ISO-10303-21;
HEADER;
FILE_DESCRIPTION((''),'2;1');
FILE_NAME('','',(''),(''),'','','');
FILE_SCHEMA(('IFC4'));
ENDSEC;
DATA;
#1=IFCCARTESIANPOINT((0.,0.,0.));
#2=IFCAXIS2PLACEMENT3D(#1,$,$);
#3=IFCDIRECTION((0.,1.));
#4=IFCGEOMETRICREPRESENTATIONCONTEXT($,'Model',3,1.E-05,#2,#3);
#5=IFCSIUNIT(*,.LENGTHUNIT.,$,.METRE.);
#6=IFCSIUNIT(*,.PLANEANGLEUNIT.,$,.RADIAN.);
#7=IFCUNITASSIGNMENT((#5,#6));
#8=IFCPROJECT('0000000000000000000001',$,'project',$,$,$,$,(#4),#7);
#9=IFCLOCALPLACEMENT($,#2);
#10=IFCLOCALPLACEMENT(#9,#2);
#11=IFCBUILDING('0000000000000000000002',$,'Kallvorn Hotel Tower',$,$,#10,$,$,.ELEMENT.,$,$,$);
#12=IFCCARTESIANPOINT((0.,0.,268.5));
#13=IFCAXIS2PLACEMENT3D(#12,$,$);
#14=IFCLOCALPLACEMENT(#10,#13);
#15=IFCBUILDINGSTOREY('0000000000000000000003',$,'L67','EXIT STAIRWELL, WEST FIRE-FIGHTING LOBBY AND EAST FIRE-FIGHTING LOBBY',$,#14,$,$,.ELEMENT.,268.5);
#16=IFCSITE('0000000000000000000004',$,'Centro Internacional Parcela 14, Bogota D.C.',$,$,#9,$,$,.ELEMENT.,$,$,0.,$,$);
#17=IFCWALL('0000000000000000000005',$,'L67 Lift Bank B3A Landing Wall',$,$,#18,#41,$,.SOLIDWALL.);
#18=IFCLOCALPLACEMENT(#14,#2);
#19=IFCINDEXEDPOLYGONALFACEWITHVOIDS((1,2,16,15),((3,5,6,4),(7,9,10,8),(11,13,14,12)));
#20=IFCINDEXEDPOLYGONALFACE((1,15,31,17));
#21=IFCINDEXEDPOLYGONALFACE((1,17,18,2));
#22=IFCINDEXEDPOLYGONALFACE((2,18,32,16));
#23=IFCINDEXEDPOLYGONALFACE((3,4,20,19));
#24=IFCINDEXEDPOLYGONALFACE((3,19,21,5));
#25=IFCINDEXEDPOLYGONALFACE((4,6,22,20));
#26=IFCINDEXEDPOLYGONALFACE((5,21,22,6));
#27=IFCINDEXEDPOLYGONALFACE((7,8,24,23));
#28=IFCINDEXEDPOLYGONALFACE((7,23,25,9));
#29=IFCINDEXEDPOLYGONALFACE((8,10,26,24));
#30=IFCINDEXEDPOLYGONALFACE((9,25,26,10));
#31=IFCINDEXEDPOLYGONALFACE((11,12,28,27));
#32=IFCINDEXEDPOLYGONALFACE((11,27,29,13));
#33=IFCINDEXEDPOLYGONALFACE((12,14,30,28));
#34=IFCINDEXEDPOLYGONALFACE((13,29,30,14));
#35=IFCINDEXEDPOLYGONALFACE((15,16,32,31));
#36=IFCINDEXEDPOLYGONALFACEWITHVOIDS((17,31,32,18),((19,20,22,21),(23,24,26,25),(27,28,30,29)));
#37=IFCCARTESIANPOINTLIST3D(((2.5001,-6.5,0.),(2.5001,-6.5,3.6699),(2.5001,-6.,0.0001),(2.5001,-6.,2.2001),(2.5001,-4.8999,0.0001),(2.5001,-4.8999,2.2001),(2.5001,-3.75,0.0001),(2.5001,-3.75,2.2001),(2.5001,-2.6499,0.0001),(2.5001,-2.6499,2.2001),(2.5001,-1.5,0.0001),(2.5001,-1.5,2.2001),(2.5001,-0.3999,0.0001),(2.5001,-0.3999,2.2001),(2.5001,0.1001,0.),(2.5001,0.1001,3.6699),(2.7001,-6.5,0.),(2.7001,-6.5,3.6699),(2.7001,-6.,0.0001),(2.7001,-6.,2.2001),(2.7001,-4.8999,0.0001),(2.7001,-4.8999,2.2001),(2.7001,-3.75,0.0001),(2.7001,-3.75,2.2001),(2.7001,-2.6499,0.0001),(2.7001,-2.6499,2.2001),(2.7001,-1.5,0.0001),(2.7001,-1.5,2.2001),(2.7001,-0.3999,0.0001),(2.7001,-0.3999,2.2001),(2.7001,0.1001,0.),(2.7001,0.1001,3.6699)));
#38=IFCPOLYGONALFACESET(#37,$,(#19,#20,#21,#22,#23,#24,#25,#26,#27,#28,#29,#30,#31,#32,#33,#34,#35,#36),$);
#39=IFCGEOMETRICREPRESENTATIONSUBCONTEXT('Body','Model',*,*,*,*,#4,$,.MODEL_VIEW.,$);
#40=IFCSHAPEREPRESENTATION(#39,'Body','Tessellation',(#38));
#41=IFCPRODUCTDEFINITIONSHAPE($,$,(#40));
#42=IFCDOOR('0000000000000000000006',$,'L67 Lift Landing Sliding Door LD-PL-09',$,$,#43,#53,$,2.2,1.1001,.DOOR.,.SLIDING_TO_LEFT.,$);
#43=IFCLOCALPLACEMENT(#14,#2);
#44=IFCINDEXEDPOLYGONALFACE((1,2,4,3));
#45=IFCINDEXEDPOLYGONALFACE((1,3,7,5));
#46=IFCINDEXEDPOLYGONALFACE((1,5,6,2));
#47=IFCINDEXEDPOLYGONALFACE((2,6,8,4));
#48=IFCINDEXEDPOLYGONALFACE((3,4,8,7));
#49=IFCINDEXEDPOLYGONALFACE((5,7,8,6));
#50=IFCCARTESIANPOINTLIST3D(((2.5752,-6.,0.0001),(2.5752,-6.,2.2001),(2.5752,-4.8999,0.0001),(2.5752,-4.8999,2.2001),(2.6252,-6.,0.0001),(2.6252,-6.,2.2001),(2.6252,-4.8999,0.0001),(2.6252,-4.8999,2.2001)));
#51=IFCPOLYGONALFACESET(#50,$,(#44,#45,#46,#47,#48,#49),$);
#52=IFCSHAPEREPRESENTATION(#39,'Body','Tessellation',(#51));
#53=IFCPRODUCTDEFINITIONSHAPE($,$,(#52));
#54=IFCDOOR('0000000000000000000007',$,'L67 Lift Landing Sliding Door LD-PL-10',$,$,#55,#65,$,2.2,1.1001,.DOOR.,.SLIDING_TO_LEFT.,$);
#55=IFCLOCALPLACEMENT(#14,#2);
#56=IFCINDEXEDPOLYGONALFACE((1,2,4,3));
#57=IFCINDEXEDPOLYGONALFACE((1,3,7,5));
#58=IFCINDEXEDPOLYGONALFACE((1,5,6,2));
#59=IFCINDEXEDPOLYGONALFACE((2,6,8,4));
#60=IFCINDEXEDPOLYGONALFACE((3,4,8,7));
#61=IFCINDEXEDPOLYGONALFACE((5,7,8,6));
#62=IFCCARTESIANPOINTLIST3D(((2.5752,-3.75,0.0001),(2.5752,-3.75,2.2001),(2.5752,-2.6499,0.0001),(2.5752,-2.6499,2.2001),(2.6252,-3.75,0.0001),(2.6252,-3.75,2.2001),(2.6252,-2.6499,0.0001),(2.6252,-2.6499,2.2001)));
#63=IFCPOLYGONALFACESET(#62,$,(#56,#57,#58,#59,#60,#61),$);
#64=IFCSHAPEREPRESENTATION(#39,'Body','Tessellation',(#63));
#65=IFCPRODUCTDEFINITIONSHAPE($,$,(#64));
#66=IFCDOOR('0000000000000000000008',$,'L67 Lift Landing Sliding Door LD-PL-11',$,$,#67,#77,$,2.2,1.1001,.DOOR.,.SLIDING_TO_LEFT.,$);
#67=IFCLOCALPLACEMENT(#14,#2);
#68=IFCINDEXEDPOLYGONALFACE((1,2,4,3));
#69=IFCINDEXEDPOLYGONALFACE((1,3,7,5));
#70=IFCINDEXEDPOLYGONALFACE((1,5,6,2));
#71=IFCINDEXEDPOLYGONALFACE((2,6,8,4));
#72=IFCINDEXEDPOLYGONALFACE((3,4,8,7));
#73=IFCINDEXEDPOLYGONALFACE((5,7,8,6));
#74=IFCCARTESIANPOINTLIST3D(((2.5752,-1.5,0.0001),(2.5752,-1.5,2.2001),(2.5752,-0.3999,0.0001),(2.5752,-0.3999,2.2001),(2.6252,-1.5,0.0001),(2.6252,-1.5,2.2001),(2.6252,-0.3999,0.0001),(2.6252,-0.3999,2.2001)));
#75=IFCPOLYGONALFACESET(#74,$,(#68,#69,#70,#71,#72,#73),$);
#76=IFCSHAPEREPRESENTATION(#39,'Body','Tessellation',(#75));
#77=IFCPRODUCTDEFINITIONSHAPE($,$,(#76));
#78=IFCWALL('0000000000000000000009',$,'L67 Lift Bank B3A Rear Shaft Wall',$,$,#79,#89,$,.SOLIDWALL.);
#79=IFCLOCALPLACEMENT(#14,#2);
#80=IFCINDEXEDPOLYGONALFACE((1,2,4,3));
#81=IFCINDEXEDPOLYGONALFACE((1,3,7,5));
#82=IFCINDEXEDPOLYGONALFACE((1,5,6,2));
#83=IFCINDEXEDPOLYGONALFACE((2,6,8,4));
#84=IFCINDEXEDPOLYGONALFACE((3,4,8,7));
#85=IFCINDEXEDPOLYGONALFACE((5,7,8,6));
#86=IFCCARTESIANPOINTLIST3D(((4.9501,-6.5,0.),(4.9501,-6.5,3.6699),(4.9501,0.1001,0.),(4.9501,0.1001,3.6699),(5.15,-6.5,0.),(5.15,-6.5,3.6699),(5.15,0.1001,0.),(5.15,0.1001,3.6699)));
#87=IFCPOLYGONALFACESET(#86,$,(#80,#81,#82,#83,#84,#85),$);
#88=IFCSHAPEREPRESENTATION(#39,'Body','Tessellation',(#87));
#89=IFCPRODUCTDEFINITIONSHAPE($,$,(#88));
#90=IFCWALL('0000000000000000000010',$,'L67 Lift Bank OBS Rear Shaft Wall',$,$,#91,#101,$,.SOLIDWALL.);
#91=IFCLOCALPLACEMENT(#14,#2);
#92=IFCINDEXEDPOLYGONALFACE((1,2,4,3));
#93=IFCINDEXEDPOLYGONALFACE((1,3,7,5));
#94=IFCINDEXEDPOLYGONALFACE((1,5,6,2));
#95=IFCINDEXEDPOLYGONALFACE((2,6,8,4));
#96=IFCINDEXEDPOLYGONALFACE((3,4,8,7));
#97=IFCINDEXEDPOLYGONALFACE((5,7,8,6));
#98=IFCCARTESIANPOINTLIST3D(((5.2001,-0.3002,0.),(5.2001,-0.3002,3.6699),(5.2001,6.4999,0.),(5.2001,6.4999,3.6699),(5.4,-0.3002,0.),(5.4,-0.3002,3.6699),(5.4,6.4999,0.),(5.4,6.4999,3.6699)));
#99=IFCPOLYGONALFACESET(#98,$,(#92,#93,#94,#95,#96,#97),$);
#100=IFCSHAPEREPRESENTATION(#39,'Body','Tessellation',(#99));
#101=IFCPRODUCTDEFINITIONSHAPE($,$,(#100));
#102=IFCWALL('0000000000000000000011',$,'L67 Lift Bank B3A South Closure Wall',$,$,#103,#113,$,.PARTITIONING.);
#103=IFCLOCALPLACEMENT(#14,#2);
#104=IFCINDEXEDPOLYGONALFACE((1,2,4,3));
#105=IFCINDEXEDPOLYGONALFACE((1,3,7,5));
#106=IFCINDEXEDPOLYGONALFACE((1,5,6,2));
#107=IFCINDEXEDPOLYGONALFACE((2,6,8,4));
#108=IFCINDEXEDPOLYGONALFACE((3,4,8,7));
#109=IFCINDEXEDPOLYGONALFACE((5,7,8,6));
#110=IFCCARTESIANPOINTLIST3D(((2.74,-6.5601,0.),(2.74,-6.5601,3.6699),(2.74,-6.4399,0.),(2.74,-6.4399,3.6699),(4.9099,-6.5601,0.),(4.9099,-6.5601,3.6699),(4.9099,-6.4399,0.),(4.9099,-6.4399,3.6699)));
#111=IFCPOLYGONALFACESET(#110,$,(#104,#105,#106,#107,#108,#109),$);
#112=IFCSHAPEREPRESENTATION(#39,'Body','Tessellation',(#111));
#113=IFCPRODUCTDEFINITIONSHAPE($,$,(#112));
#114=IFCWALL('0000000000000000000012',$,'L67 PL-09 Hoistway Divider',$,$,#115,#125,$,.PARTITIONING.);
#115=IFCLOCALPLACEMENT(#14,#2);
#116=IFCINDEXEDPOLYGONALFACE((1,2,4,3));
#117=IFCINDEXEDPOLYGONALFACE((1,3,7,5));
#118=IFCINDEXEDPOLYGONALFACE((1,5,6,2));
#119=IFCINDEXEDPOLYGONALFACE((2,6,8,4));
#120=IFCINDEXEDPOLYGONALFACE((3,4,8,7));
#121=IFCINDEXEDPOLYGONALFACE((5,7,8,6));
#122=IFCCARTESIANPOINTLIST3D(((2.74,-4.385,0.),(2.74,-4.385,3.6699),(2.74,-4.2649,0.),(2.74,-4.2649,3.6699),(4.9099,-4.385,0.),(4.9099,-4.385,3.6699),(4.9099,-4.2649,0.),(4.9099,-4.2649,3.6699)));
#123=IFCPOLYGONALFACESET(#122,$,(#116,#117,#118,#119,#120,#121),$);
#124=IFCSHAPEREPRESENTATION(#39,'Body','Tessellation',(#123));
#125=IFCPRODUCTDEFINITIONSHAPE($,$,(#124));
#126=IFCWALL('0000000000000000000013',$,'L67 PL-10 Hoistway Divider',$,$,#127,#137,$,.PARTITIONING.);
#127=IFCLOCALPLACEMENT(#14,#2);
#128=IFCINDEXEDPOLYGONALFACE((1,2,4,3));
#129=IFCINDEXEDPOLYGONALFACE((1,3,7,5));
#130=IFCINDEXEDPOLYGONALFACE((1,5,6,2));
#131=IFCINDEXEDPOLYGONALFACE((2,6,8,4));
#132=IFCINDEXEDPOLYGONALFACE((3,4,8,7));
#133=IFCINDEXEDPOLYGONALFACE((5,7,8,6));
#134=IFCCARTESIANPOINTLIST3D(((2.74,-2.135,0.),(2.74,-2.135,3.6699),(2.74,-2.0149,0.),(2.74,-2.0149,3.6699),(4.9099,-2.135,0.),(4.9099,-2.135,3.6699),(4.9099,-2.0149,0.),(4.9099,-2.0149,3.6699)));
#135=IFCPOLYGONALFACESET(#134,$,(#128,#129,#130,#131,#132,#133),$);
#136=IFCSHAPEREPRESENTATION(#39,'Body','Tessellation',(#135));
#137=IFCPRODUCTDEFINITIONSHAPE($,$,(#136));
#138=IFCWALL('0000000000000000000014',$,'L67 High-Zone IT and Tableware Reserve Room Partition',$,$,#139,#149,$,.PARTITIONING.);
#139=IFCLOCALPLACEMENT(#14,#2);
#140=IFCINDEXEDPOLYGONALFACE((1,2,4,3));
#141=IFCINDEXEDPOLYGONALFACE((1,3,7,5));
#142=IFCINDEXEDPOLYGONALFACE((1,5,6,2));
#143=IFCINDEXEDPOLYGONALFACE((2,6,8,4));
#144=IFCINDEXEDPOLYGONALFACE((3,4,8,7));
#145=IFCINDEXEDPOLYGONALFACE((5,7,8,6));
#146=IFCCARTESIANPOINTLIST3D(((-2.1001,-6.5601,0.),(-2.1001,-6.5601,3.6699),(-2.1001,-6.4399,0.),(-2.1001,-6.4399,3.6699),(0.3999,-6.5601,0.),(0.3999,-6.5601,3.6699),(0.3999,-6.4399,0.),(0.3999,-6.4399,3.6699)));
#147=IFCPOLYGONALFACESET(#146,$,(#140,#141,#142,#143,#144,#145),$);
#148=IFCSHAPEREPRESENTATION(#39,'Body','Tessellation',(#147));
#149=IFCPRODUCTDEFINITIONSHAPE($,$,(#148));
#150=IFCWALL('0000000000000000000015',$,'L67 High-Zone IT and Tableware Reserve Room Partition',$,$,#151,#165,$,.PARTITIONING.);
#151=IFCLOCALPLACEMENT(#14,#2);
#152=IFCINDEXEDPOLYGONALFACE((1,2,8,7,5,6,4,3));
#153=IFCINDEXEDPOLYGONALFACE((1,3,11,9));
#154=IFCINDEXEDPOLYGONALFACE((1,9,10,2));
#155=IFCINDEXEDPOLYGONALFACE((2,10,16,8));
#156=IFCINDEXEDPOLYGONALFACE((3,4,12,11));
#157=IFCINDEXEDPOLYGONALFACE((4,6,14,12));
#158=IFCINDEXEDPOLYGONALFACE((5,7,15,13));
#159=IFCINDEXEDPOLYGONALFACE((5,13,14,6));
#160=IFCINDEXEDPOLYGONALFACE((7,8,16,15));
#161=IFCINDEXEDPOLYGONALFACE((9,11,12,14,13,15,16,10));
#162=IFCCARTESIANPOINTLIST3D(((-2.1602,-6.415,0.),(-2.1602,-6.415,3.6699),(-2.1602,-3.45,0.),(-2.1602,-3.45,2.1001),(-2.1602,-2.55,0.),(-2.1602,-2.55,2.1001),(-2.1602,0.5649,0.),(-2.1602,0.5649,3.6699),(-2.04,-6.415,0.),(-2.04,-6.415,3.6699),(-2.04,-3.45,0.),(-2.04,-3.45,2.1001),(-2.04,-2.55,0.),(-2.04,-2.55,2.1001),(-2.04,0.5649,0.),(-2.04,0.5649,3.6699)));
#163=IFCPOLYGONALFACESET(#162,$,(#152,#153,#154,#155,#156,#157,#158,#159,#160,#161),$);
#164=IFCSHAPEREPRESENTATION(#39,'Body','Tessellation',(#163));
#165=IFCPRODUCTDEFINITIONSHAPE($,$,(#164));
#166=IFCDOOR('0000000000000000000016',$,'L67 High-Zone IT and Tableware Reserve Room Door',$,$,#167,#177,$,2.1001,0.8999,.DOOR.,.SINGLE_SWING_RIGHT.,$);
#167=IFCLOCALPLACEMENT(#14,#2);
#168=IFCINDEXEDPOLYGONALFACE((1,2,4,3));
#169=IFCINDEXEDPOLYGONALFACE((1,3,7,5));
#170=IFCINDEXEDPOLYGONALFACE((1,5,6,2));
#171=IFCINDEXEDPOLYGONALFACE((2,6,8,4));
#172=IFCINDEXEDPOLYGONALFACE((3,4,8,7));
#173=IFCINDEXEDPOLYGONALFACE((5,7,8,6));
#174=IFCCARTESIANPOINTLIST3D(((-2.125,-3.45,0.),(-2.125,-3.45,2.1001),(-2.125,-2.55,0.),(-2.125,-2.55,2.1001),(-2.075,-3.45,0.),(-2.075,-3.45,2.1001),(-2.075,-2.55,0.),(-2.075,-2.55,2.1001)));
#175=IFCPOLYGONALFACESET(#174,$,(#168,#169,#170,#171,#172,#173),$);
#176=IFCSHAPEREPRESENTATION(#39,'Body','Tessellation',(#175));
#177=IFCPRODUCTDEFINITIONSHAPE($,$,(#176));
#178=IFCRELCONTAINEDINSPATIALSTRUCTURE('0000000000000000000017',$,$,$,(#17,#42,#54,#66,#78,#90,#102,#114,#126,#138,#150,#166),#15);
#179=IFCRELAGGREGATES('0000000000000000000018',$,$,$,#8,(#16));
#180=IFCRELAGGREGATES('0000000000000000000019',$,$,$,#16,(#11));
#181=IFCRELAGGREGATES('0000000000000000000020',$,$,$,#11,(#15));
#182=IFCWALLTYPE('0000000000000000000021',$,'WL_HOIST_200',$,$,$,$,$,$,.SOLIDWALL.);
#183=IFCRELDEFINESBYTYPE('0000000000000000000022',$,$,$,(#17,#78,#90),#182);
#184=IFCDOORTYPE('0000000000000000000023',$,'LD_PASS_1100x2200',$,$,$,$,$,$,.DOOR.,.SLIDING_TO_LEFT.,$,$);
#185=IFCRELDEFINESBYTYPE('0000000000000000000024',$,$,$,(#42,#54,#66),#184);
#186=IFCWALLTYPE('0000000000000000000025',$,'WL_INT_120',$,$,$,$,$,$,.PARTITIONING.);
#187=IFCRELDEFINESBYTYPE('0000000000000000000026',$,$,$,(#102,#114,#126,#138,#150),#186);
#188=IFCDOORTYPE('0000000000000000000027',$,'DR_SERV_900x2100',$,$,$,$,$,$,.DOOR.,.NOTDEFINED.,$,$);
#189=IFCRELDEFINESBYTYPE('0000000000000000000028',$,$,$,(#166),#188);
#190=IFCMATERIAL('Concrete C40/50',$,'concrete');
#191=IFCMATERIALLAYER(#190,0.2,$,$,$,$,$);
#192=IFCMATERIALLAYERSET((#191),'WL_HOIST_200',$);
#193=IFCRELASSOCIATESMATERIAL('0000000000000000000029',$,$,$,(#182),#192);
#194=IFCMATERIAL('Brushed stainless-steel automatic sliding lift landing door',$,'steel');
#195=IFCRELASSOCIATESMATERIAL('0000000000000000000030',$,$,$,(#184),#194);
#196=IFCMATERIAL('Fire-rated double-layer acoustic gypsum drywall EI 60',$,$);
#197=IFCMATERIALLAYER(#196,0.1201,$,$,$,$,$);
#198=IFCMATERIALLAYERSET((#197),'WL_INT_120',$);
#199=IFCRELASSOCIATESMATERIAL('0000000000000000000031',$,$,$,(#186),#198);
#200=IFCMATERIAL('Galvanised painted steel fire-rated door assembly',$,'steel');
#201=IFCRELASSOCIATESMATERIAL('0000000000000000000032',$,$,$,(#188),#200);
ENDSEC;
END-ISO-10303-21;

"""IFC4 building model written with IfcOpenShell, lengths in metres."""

from ifc_helpers import new_model, si_unit, direction, frame, frame_2d, origin, place, context, subcontext, project, spatial, rectangle, extrude, material, layer, layer_set, type_object, element, fill, save


model = new_model("IFC4")

# Units and contexts
model_context = context("Model", 3, precision=1e-05, world=origin(), true_north=direction((0.0, 1.0)))
body_context = subcontext(model_context, "Body", "Model", "MODEL_VIEW")
ifc_project = project(units=[si_unit("LENGTHUNIT", "METRE"), si_unit("PLANEANGLEUNIT", "RADIAN")], contexts=[model_context])

# Site, building, storey
site_placement = place(None, origin())
site = spatial("IfcSite", under=ifc_project, at=site_placement, Name="Centro Internacional Parcela 14, Bogota D.C.", CompositionType="ELEMENT", RefElevation=0.0)
building_placement = place(site_placement, origin())
building = spatial("IfcBuilding", under=site, at=building_placement, Name="Kallvorn Hotel Tower", CompositionType="ELEMENT")
storey_placement = place(building_placement, frame((0.0, 0.0, 268.5)))
storey = spatial("IfcBuildingStorey", under=building, at=storey_placement, Name="L67", Description="EXIT STAIRWELL, WEST FIRE-FIGHTING LOBBY AND EAST FIRE-FIGHTING LOBBY", CompositionType="ELEMENT", Elevation=268.5)

# Wall, openings, doors
ifc_material_1 = material(Name="Concrete C40/50", Category="concrete")
ifc_layer_1 = layer(ifc_material_1, 0.2)
ifc_layer_set_1 = layer_set([ifc_layer_1], Name="WL_HOIST_200")
wall_type_1 = type_object("IfcWallType", Name="WL_HOIST_200", PredefinedType="SOLIDWALL", material=ifc_layer_set_1)
wall_1_placement = place(storey_placement, frame((2.6001, -6.5, 0.0), z_axis=(0.0, 0.0, 1.0), x_axis=(0.0, 1.0, 0.0)))
wall_1 = element("IfcWall", 1, at=wall_1_placement, inside=storey, type_object=wall_type_1, Name="L67 Lift Bank B3A Landing Wall", PredefinedType="SOLIDWALL", context=body_context, shape_type="SweptSolid", body=[
    extrude(rectangle(XDim=6.6001, YDim=0.2, at=frame_2d((3.3, 0.0))), origin(), (0.0, 0.0, 1.0), 3.6699),
])
opening_1_placement = place(wall_1_placement, frame((0.5, 0.0, 0.0)))
opening_1 = element("IfcOpeningElement", 2, at=opening_1_placement, cuts=wall_1, PredefinedType="OPENING", context=body_context, shape_type="SweptSolid", body=[
    extrude(rectangle(XDim=1.1001, YDim=2.2, at=frame_2d((0.55, 1.1001))), frame((0.0, 0.115, 0.0), z_axis=(0.0, -1.0, 0.0), x_axis=(1.0, 0.0, 0.0)), (0.0, 0.0, 1.0), 0.23),
])
opening_2_placement = place(wall_1_placement, frame((2.75, 0.0, 0.0)))
opening_2 = element("IfcOpeningElement", 3, at=opening_2_placement, cuts=wall_1, PredefinedType="OPENING", context=body_context, shape_type="SweptSolid", body=[
    extrude(rectangle(XDim=1.1001, YDim=2.2, at=frame_2d((0.55, 1.1001))), frame((0.0, 0.115, 0.0), z_axis=(0.0, -1.0, 0.0), x_axis=(1.0, 0.0, 0.0)), (0.0, 0.0, 1.0), 0.23),
])
opening_3_placement = place(wall_1_placement, frame((5.0, 0.0, 0.0)))
opening_3 = element("IfcOpeningElement", 4, at=opening_3_placement, cuts=wall_1, PredefinedType="OPENING", context=body_context, shape_type="SweptSolid", body=[
    extrude(rectangle(XDim=1.1001, YDim=2.2, at=frame_2d((0.55, 1.1001))), frame((0.0, 0.115, 0.0), z_axis=(0.0, -1.0, 0.0), x_axis=(1.0, 0.0, 0.0)), (0.0, 0.0, 1.0), 0.23),
])
ifc_material_2 = material(Name="Brushed stainless-steel automatic sliding lift landing door", Category="steel")
door_type_1 = type_object("IfcDoorType", Name="LD_PASS_1100x2200", OperationType="SLIDING_TO_LEFT", PredefinedType="DOOR", material=ifc_material_2)
door_1_placement = place(opening_1_placement, origin())
door_1 = element("IfcDoor", 5, at=door_1_placement, inside=storey, type_object=door_type_1, Name="L67 Lift Landing Sliding Door LD-PL-09", OperationType="SLIDING_TO_LEFT", OverallHeight=2.2, OverallWidth=1.1001, PredefinedType="DOOR", context=body_context, shape_type="SweptSolid", body=[
    extrude(rectangle(XDim=1.1001, YDim=2.2, at=frame_2d((0.55, 1.1001))), frame((0.0, 0.0249, 0.0), z_axis=(0.0, -1.0, 0.0), x_axis=(1.0, 0.0, 0.0)), (0.0, 0.0, 1.0), 0.05),
])
fill(opening_1, door_1)
door_2_placement = place(opening_2_placement, origin())
door_2 = element("IfcDoor", 6, at=door_2_placement, inside=storey, type_object=door_type_1, Name="L67 Lift Landing Sliding Door LD-PL-10", OperationType="SLIDING_TO_LEFT", OverallHeight=2.2, OverallWidth=1.1001, PredefinedType="DOOR", context=body_context, shape_type="SweptSolid", body=[
    extrude(rectangle(XDim=1.1001, YDim=2.2, at=frame_2d((0.55, 1.1001))), frame((0.0, 0.0249, 0.0), z_axis=(0.0, -1.0, 0.0), x_axis=(1.0, 0.0, 0.0)), (0.0, 0.0, 1.0), 0.05),
])
fill(opening_2, door_2)
door_3_placement = place(opening_3_placement, origin())
door_3 = element("IfcDoor", 7, at=door_3_placement, inside=storey, type_object=door_type_1, Name="L67 Lift Landing Sliding Door LD-PL-11", OperationType="SLIDING_TO_LEFT", OverallHeight=2.2, OverallWidth=1.1001, PredefinedType="DOOR", context=body_context, shape_type="SweptSolid", body=[
    extrude(rectangle(XDim=1.1001, YDim=2.2, at=frame_2d((0.55, 1.1001))), frame((0.0, 0.0249, 0.0), z_axis=(0.0, -1.0, 0.0), x_axis=(1.0, 0.0, 0.0)), (0.0, 0.0, 1.0), 0.05),
])
fill(opening_3, door_3)

# Walls
wall_2_placement = place(storey_placement, frame((5.05, -6.5, 0.0), z_axis=(0.0, 0.0, 1.0), x_axis=(0.0, 1.0, 0.0)))
element("IfcWall", 8, at=wall_2_placement, inside=storey, type_object=wall_type_1, Name="L67 Lift Bank B3A Rear Shaft Wall", PredefinedType="SOLIDWALL", context=body_context, shape_type="SweptSolid", body=[
    extrude(rectangle(XDim=6.6001, YDim=0.2, at=frame_2d((3.3, 0.0))), origin(), (0.0, 0.0, 1.0), 3.6699),
])
wall_3_placement = place(storey_placement, frame((5.3, -0.3, 0.0), z_axis=(0.0, 0.0, 1.0), x_axis=(0.0, 1.0, 0.0)))
element("IfcWall", 9, at=wall_3_placement, inside=storey, type_object=wall_type_1, Name="L67 Lift Bank OBS Rear Shaft Wall", PredefinedType="SOLIDWALL", context=body_context, shape_type="SweptSolid", body=[
    extrude(rectangle(XDim=6.8, YDim=0.2, at=frame_2d((3.3999, 0.0))), origin(), (0.0, 0.0, 1.0), 3.6699),
])
ifc_material_3 = material(Name="Fire-rated double-layer acoustic gypsum drywall EI 60")
ifc_layer_2 = layer(ifc_material_3, 0.1201)
ifc_layer_set_2 = layer_set([ifc_layer_2], Name="WL_INT_120")
wall_type_2 = type_object("IfcWallType", Name="WL_INT_120", PredefinedType="PARTITIONING", material=ifc_layer_set_2)
for number, where, z_axis, x_axis, name in (
    (10, (2.74, -6.5, 0.0), (0.0, 0.0, 1.0), (1.0, 0.0, 0.0), "L67 Lift Bank B3A South Closure Wall"),
    (11, (2.74, -4.325, 0.0), (0.0, 0.0, 1.0), (1.0, 0.0, 0.0), "L67 PL-09 Hoistway Divider"),
    (12, (2.74, -2.075, 0.0), (0.0, 0.0, 1.0), (1.0, 0.0, 0.0), "L67 PL-10 Hoistway Divider"),
):
    element("IfcWall", number, at=place(storey_placement, frame(where, z_axis=z_axis, x_axis=x_axis)), inside=storey, type_object=wall_type_2, Name=name, PredefinedType="PARTITIONING", context=body_context, shape_type="SweptSolid", body=[
        extrude(rectangle(XDim=2.1699, YDim=0.1201, at=frame_2d((1.085, 0.0))), origin(), (0.0, 0.0, 1.0), 3.6699),
    ])
wall_4_placement = place(storey_placement, frame((-2.1001, -6.5, 0.0), z_axis=(0.0, 0.0, 1.0), x_axis=(1.0, 0.0, 0.0)))
element("IfcWall", 13, at=wall_4_placement, inside=storey, type_object=wall_type_2, Name="L67 High-Zone IT and Tableware Reserve Room Partition", PredefinedType="PARTITIONING", context=body_context, shape_type="SweptSolid", body=[
    extrude(rectangle(XDim=2.5, YDim=0.1201, at=frame_2d((1.25, 0.0))), origin(), (0.0, 0.0, 1.0), 3.6699),
])

# Wall, opening, door
wall_5_placement = place(storey_placement, frame((-2.1001, -6.415, 0.0), z_axis=(0.0, 0.0, 1.0), x_axis=(0.0, 1.0, 0.0)))
wall_5 = element("IfcWall", 14, at=wall_5_placement, inside=storey, type_object=wall_type_2, Name="L67 High-Zone IT and Tableware Reserve Room Partition", PredefinedType="PARTITIONING", context=body_context, shape_type="SweptSolid", body=[
    extrude(rectangle(XDim=6.98, YDim=0.1201, at=frame_2d((3.49, 0.0))), origin(), (0.0, 0.0, 1.0), 3.6699),
])
opening_4_placement = place(wall_5_placement, frame((2.9651, 0.0, 0.0)))
opening_4 = element("IfcOpeningElement", 15, at=opening_4_placement, cuts=wall_5, PredefinedType="OPENING", context=body_context, shape_type="SweptSolid", body=[
    extrude(rectangle(XDim=0.8999, YDim=2.1001, at=frame_2d((0.45, 1.05))), frame((0.0, 0.075, 0.0), z_axis=(0.0, -1.0, 0.0), x_axis=(1.0, 0.0, 0.0)), (0.0, 0.0, 1.0), 0.1501),
])
ifc_material_4 = material(Name="Galvanised painted steel fire-rated door assembly", Category="steel")
door_type_2 = type_object("IfcDoorType", Name="DR_SERV_900x2100", OperationType="NOTDEFINED", PredefinedType="DOOR", material=ifc_material_4)
door_4_placement = place(opening_4_placement, origin())
door_4 = element("IfcDoor", 16, at=door_4_placement, inside=storey, type_object=door_type_2, Name="L67 High-Zone IT and Tableware Reserve Room Door", OperationType="SINGLE_SWING_RIGHT", OverallHeight=2.1001, OverallWidth=0.8999, PredefinedType="DOOR", context=body_context, shape_type="SweptSolid", body=[
    extrude(rectangle(XDim=0.8999, YDim=2.1001, at=frame_2d((0.45, 1.05))), frame((0.0, 0.0249, 0.0), z_axis=(0.0, -1.0, 0.0), x_axis=(1.0, 0.0, 0.0)), (0.0, 0.0, 1.0), 0.05),
])
fill(opening_4, door_4)

save(model, "model.ifc")
